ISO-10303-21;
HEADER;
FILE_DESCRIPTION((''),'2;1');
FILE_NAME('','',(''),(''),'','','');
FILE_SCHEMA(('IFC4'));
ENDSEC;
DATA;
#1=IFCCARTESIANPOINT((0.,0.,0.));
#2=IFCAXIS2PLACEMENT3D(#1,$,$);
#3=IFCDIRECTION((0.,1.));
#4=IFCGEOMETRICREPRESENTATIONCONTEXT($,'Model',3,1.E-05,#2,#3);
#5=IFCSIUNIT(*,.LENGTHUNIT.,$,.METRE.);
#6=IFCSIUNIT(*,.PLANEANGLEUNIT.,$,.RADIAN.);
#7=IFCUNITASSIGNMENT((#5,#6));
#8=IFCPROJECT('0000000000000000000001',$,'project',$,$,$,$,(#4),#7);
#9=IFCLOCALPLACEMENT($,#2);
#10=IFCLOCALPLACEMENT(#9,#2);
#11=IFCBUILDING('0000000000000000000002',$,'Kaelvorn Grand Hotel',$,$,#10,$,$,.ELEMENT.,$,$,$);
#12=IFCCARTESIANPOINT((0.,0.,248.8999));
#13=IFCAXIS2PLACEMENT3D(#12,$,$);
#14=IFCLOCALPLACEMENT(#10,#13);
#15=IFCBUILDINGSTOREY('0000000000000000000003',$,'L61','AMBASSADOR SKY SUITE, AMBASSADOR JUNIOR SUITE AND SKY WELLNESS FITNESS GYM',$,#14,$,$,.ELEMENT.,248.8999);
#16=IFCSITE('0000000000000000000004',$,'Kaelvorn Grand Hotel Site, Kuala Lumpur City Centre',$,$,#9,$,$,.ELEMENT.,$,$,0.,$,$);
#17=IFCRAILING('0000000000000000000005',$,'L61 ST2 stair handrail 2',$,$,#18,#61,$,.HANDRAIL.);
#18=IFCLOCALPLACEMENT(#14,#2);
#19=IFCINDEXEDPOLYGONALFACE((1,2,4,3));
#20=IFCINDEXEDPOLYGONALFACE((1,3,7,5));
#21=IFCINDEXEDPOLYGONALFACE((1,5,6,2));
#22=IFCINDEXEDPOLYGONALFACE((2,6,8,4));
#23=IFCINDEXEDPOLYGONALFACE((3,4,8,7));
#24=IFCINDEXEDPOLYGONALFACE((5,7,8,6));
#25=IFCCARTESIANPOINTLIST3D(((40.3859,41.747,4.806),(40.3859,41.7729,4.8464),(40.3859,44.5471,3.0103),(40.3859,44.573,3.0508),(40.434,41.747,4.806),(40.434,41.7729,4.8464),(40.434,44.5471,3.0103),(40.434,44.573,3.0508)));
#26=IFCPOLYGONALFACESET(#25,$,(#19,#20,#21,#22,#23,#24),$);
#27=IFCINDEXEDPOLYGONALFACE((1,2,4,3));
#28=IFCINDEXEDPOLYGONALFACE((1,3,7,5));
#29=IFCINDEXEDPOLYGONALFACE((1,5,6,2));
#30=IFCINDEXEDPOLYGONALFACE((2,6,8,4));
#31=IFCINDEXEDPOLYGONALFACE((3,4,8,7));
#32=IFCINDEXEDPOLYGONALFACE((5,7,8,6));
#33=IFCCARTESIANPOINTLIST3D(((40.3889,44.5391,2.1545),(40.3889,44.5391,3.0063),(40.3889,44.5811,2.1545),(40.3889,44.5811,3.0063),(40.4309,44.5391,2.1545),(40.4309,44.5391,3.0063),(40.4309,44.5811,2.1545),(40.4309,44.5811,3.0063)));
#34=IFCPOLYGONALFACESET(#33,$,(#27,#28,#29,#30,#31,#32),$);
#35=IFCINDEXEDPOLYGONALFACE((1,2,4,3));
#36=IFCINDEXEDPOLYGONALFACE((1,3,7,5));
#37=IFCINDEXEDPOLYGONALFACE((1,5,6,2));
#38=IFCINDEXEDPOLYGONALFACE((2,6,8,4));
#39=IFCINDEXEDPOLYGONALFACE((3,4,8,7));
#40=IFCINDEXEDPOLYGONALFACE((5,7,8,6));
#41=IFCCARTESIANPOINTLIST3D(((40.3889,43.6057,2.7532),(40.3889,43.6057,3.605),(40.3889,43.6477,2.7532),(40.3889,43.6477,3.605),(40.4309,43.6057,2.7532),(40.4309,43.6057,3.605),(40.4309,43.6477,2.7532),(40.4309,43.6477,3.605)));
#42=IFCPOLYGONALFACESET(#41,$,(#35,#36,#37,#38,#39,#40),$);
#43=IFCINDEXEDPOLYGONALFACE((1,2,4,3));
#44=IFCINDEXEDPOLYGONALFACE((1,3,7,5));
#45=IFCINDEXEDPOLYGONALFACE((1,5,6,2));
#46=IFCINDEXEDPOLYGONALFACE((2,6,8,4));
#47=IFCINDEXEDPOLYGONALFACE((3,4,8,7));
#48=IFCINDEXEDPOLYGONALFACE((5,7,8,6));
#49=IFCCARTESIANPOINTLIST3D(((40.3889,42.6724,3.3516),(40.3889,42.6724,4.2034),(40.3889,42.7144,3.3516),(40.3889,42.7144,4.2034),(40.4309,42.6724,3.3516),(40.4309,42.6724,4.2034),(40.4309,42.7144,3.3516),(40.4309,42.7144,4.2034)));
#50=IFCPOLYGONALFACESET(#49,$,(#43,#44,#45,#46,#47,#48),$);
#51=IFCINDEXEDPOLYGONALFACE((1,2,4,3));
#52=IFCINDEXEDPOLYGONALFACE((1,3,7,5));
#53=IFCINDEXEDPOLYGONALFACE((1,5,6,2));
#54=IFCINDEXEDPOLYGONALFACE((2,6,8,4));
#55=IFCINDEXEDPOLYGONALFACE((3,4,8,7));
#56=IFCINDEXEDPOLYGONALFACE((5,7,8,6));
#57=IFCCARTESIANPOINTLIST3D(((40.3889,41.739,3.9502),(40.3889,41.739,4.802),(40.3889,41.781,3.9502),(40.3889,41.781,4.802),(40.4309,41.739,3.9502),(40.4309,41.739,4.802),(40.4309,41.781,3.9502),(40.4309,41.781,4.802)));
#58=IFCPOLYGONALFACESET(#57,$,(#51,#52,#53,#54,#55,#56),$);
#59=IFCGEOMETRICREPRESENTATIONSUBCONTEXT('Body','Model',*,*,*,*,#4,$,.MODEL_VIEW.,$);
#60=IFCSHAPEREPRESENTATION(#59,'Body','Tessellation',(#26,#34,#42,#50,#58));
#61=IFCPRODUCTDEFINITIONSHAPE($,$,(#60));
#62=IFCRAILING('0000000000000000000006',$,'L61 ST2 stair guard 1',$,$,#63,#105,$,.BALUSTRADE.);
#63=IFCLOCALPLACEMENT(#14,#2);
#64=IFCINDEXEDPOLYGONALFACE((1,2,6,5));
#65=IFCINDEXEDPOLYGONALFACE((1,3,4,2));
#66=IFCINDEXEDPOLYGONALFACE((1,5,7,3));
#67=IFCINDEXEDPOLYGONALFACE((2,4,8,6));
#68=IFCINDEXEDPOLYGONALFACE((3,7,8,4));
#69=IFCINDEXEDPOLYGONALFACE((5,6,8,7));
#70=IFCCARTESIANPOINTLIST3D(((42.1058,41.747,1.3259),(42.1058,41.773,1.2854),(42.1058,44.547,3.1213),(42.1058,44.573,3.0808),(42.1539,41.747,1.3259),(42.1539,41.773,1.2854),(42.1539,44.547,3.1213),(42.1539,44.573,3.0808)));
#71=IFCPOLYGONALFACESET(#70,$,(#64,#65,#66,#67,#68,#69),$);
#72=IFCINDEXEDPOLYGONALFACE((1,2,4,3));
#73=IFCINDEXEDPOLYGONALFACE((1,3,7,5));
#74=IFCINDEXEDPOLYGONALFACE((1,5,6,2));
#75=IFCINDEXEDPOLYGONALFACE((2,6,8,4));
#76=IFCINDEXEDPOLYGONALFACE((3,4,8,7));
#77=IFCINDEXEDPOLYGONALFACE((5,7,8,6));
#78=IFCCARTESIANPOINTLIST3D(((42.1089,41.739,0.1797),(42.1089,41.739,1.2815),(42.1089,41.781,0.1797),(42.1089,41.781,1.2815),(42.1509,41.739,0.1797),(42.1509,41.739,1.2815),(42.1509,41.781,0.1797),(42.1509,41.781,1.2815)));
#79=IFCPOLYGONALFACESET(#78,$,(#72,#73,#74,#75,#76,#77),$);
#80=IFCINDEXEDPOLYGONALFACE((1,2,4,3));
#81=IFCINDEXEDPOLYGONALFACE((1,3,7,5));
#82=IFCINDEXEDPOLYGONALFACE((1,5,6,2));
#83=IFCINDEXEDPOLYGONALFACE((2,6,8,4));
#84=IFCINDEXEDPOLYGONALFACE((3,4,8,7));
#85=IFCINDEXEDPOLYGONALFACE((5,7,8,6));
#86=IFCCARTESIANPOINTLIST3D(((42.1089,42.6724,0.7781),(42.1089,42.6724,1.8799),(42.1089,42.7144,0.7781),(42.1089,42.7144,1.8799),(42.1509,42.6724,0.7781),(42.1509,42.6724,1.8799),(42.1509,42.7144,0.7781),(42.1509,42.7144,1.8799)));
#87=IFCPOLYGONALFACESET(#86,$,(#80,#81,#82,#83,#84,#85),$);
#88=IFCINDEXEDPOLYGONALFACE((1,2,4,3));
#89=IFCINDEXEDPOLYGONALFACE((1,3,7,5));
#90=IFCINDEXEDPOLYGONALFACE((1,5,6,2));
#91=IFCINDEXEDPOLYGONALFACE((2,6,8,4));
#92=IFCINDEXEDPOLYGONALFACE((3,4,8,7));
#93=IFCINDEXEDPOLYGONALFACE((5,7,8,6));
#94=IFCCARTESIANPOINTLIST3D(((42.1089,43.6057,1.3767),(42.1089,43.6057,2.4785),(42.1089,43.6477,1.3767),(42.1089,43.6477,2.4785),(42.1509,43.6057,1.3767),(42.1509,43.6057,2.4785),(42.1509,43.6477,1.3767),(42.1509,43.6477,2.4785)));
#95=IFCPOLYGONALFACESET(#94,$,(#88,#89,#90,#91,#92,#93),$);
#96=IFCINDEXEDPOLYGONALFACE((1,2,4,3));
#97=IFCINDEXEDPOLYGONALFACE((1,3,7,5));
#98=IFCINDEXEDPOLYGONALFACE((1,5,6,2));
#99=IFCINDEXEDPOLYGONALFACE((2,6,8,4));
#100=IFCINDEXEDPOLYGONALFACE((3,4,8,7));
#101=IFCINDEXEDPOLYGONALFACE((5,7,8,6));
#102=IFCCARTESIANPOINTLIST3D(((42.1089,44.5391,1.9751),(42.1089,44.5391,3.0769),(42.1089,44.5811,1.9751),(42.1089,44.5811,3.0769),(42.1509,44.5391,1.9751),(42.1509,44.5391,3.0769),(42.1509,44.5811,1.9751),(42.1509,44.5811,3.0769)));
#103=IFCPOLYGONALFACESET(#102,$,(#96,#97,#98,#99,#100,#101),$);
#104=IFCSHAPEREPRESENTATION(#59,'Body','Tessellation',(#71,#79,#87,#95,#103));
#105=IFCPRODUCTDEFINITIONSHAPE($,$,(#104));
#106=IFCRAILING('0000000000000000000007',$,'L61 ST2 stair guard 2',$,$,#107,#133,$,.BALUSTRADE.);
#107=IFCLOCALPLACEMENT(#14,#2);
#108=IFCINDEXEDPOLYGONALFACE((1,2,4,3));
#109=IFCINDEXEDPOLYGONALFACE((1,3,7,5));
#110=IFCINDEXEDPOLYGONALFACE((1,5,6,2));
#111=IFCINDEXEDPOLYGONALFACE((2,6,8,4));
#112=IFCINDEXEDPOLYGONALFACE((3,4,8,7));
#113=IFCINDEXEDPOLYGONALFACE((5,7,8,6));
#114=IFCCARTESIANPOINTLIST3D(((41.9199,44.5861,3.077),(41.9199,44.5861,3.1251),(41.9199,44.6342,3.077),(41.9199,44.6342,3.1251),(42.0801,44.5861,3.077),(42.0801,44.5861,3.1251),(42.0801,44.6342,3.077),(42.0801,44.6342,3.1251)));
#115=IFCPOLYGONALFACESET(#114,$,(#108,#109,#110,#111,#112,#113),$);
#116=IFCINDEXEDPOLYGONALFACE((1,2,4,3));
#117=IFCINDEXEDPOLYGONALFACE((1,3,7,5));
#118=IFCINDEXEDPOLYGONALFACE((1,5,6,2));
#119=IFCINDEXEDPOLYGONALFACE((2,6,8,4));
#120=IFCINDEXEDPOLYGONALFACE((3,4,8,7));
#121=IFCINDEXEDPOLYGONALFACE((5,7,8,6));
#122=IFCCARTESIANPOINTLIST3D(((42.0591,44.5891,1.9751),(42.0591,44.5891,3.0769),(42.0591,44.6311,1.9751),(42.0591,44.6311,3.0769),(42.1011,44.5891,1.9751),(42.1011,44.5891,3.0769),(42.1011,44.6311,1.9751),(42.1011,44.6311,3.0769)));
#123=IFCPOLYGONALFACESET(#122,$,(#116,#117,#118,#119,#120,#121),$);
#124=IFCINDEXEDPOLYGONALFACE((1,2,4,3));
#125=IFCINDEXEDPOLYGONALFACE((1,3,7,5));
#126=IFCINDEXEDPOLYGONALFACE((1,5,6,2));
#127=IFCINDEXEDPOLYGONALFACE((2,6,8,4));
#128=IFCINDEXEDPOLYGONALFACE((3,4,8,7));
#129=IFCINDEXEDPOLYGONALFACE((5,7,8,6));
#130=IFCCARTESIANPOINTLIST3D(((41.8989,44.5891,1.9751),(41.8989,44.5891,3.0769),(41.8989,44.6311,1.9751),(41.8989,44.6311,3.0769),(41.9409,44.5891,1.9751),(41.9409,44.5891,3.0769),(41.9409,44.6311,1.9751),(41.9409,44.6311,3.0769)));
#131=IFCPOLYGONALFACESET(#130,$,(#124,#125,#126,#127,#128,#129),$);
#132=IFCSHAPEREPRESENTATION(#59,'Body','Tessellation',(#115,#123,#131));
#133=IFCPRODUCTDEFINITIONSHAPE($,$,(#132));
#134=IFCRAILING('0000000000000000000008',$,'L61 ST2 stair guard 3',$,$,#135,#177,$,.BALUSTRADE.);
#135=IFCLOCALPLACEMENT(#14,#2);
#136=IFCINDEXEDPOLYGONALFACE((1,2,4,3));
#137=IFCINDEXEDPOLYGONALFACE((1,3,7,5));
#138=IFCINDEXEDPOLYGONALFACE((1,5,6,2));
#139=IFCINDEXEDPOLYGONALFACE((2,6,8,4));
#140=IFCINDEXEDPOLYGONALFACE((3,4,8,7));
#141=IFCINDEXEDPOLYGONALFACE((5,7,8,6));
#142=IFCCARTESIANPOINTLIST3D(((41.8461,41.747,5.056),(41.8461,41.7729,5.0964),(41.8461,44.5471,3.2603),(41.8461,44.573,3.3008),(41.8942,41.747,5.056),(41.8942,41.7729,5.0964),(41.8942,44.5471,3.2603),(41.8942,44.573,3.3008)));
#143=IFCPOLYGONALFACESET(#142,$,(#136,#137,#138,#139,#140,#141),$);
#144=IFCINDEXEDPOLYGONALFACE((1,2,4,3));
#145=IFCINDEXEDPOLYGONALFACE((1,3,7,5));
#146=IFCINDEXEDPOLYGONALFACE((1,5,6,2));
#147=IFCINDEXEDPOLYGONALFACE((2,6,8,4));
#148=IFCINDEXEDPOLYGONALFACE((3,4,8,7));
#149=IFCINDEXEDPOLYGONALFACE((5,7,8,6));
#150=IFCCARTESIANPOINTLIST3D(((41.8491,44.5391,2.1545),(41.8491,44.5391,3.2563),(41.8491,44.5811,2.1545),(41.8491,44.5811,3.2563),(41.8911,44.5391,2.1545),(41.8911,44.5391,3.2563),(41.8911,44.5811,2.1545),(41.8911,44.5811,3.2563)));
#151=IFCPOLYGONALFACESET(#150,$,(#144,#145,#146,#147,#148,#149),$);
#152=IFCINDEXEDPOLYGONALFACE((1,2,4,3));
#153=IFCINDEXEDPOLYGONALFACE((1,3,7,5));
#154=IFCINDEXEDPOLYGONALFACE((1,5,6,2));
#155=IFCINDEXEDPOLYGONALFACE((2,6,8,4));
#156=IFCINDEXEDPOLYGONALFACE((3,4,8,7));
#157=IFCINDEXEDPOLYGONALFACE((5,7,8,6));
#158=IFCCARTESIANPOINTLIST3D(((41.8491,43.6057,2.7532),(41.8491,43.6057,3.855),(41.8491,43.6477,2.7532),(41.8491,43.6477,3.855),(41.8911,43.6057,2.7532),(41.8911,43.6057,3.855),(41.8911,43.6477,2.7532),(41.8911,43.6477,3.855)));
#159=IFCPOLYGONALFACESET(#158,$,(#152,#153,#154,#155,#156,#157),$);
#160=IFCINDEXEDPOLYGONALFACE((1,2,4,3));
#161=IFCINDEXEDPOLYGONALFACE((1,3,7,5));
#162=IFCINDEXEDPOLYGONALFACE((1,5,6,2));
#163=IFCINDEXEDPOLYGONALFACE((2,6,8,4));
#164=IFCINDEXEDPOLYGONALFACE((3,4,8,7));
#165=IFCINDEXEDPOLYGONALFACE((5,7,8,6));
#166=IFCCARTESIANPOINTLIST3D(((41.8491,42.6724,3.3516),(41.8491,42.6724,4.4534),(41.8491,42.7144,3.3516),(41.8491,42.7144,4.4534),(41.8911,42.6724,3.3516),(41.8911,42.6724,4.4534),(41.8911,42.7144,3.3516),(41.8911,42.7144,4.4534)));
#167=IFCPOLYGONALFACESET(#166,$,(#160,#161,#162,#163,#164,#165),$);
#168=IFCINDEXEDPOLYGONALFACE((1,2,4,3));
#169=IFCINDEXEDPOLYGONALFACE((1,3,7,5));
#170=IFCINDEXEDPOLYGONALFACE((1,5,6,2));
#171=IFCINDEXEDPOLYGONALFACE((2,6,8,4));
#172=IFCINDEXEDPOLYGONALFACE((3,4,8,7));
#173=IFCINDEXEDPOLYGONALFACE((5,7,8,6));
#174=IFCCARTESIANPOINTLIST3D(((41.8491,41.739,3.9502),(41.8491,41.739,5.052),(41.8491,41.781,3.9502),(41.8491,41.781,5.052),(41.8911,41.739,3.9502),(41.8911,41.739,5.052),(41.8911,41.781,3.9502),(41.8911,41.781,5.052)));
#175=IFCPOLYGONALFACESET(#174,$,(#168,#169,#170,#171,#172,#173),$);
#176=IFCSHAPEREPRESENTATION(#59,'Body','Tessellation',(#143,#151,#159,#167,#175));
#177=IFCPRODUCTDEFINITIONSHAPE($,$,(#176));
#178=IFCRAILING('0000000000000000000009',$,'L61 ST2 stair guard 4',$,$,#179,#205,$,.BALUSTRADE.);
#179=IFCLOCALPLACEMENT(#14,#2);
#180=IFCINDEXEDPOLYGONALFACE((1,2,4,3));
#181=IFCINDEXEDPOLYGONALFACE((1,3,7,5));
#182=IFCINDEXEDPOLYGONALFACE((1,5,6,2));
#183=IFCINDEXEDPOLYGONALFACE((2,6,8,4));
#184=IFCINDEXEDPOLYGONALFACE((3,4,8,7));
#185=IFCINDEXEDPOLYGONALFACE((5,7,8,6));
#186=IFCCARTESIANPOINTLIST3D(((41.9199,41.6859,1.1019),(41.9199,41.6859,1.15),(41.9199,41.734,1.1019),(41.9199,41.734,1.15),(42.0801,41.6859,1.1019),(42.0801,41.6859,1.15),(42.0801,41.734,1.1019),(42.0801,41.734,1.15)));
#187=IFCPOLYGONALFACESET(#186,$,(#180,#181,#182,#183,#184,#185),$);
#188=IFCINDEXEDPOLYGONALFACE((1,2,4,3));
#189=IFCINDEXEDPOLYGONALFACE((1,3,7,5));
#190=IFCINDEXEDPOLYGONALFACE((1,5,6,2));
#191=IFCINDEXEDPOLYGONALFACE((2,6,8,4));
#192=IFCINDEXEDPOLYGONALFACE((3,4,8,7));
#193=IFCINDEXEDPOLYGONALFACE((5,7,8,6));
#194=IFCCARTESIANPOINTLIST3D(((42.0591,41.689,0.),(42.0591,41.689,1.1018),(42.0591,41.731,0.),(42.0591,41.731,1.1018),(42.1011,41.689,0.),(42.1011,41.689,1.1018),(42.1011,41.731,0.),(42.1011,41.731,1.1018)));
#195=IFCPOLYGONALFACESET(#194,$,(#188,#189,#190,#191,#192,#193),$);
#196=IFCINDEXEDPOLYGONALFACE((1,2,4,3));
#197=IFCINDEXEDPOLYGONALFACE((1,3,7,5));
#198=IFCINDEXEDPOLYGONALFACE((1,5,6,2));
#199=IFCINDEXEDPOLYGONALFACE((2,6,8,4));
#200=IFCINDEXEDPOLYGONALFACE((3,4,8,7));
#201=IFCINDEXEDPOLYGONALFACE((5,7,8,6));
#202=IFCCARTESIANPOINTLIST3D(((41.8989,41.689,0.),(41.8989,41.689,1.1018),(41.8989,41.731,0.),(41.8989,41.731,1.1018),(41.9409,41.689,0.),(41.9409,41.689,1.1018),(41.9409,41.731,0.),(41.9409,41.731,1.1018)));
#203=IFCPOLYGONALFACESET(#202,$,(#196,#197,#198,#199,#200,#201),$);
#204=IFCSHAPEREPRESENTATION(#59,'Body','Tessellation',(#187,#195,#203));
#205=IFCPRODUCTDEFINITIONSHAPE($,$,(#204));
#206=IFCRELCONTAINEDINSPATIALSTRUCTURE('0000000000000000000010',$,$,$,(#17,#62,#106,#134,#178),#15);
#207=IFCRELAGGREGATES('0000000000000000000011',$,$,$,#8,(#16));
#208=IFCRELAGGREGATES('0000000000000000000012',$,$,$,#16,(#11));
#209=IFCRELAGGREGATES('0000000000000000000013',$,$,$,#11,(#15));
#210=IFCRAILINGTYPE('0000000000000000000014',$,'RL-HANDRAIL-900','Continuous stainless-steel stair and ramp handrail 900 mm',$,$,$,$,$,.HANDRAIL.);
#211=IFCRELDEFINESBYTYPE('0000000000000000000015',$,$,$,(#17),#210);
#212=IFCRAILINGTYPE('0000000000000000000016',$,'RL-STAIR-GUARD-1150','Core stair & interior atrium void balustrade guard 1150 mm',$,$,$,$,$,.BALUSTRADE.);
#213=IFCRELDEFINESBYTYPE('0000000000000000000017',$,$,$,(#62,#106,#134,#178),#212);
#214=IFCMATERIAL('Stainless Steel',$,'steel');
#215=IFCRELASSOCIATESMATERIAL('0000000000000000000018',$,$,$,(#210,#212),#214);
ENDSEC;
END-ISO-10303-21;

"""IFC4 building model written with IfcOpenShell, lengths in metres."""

from ifc_helpers import new_model, si_unit, direction, frame, origin, origin_2d, place, context, subcontext, project, spatial, rectangle, extrude, material, type_object, element, save


model = new_model("IFC4")

# Units and contexts
model_context = context("Model", 3, precision=1e-05, world=origin(), true_north=direction((0.0, 1.0)))
body_context = subcontext(model_context, "Body", "Model", "MODEL_VIEW")
ifc_project = project(units=[si_unit("LENGTHUNIT", "METRE"), si_unit("PLANEANGLEUNIT", "RADIAN")], contexts=[model_context])

# Site, building, storey
site_placement = place(None, origin())
site = spatial("IfcSite", under=ifc_project, at=site_placement, Name="Kaelvorn Grand Hotel Site, Kuala Lumpur City Centre", CompositionType="ELEMENT", RefElevation=0.0)
building_placement = place(site_placement, origin())
building = spatial("IfcBuilding", under=site, at=building_placement, Name="Kaelvorn Grand Hotel", CompositionType="ELEMENT")
storey_placement = place(building_placement, frame((0.0, 0.0, 248.8999)))
storey = spatial("IfcBuildingStorey", under=building, at=storey_placement, Name="L61", Description="AMBASSADOR SKY SUITE, AMBASSADOR JUNIOR SUITE AND SKY WELLNESS FITNESS GYM", CompositionType="ELEMENT", Elevation=248.8999)

# Railings
ifc_material_1 = material(Name="Stainless Steel", Category="steel")
railing_type_1 = type_object("IfcRailingType", Name="RL-HANDRAIL-900", Description="Continuous stainless-steel stair and ramp handrail 900 mm", PredefinedType="HANDRAIL", material=ifc_material_1)
railing_1_placement = place(storey_placement, frame((40.4099, 44.5601, 2.1545)))
element("IfcRailing", 1, at=railing_1_placement, inside=storey, type_object=railing_type_1, Name="L61 ST2 stair handrail 2", PredefinedType="HANDRAIL", context=body_context, shape_type="SweptSolid", body=[
    extrude(rectangle(XDim=0.0481, YDim=0.0481, at=origin_2d()), frame((0.0, 0.0, 0.876), z_axis=(0.0, -0.841777, 0.539826), x_axis=(1.0, 0.0, 0.0)), (0.0, 0.0, 1.0), 3.3264),
    extrude(rectangle(XDim=0.042, YDim=0.042, at=origin_2d()), origin(), (0.0, 0.0, 1.0), 0.8518),
    extrude(rectangle(XDim=0.042, YDim=0.042, at=origin_2d()), frame((0.0, -0.9333, 0.5986)), (0.0, 0.0, 1.0), 0.8518),
    extrude(rectangle(XDim=0.042, YDim=0.042, at=origin_2d()), frame((0.0, -1.8667, 1.197)), (0.0, 0.0, 1.0), 0.8518),
    extrude(rectangle(XDim=0.042, YDim=0.042, at=origin_2d()), frame((0.0, -2.8, 1.7957)), (0.0, 0.0, 1.0), 0.8518),
])
railing_type_2 = type_object("IfcRailingType", Name="RL-STAIR-GUARD-1150", Description="Core stair & interior atrium void balustrade guard 1150 mm", PredefinedType="BALUSTRADE", material=ifc_material_1)
railing_2_placement = place(storey_placement, frame((42.1299, 41.76, 0.1797)))
element("IfcRailing", 2, at=railing_2_placement, inside=storey, type_object=railing_type_2, Name="L61 ST2 stair guard 1", PredefinedType="BALUSTRADE", context=body_context, shape_type="SweptSolid", body=[
    extrude(rectangle(XDim=0.0481, YDim=0.0481, at=origin_2d()), frame((0.0, 0.0, 1.126), z_axis=(0.0, 0.84181, 0.539774), x_axis=(-1.0, 0.0, 0.0)), (0.0, 0.0, 1.0), 3.3262),
    extrude(rectangle(XDim=0.042, YDim=0.042, at=origin_2d()), origin(), (0.0, 0.0, 1.0), 1.1018),
    extrude(rectangle(XDim=0.042, YDim=0.042, at=origin_2d()), frame((0.0, 0.9333, 0.5984)), (0.0, 0.0, 1.0), 1.1018),
    extrude(rectangle(XDim=0.042, YDim=0.042, at=origin_2d()), frame((0.0, 1.8667, 1.197)), (0.0, 0.0, 1.0), 1.1018),
    extrude(rectangle(XDim=0.042, YDim=0.042, at=origin_2d()), frame((0.0, 2.8, 1.7954)), (0.0, 0.0, 1.0), 1.1018),
])
railing_3_placement = place(storey_placement, frame((42.0801, 44.6101, 1.9751)))
element("IfcRailing", 3, at=railing_3_placement, inside=storey, type_object=railing_type_2, Name="L61 ST2 stair guard 2", PredefinedType="BALUSTRADE", context=body_context, shape_type="SweptSolid", body=[
    extrude(rectangle(XDim=0.0481, YDim=0.0481, at=origin_2d()), frame((0.0, 0.0, 1.126), z_axis=(-1.0, 0.0, 0.0), x_axis=(0.0, -1.0, 0.0)), (0.0, 0.0, 1.0), 0.1602),
    extrude(rectangle(XDim=0.042, YDim=0.042, at=origin_2d()), origin(), (0.0, 0.0, 1.0), 1.1018),
    extrude(rectangle(XDim=0.042, YDim=0.042, at=origin_2d()), frame((-0.1602, 0.0, 0.0)), (0.0, 0.0, 1.0), 1.1018),
])
railing_4_placement = place(storey_placement, frame((41.8701, 44.5601, 2.1545)))
element("IfcRailing", 4, at=railing_4_placement, inside=storey, type_object=railing_type_2, Name="L61 ST2 stair guard 3", PredefinedType="BALUSTRADE", context=body_context, shape_type="SweptSolid", body=[
    extrude(rectangle(XDim=0.0481, YDim=0.0481, at=origin_2d()), frame((0.0, 0.0, 1.126), z_axis=(0.0, -0.841777, 0.539826), x_axis=(1.0, 0.0, 0.0)), (0.0, 0.0, 1.0), 3.3264),
    extrude(rectangle(XDim=0.042, YDim=0.042, at=origin_2d()), origin(), (0.0, 0.0, 1.0), 1.1018),
    extrude(rectangle(XDim=0.042, YDim=0.042, at=origin_2d()), frame((0.0, -0.9333, 0.5986)), (0.0, 0.0, 1.0), 1.1018),
    extrude(rectangle(XDim=0.042, YDim=0.042, at=origin_2d()), frame((0.0, -1.8667, 1.197)), (0.0, 0.0, 1.0), 1.1018),
    extrude(rectangle(XDim=0.042, YDim=0.042, at=origin_2d()), frame((0.0, -2.8, 1.7957)), (0.0, 0.0, 1.0), 1.1018),
])
railing_5_placement = place(storey_placement, frame((42.0801, 41.71, 0.0)))
element("IfcRailing", 5, at=railing_5_placement, inside=storey, type_object=railing_type_2, Name="L61 ST2 stair guard 4", PredefinedType="BALUSTRADE", context=body_context, shape_type="SweptSolid", body=[
    extrude(rectangle(XDim=0.0481, YDim=0.0481, at=origin_2d()), frame((0.0, 0.0, 1.126), z_axis=(-1.0, 0.0, 0.0), x_axis=(0.0, -1.0, 0.0)), (0.0, 0.0, 1.0), 0.1602),
    extrude(rectangle(XDim=0.042, YDim=0.042, at=origin_2d()), origin(), (0.0, 0.0, 1.0), 1.1018),
    extrude(rectangle(XDim=0.042, YDim=0.042, at=origin_2d()), frame((-0.1602, 0.0, 0.0)), (0.0, 0.0, 1.0), 1.1018),
])

save(model, "model.ifc")
